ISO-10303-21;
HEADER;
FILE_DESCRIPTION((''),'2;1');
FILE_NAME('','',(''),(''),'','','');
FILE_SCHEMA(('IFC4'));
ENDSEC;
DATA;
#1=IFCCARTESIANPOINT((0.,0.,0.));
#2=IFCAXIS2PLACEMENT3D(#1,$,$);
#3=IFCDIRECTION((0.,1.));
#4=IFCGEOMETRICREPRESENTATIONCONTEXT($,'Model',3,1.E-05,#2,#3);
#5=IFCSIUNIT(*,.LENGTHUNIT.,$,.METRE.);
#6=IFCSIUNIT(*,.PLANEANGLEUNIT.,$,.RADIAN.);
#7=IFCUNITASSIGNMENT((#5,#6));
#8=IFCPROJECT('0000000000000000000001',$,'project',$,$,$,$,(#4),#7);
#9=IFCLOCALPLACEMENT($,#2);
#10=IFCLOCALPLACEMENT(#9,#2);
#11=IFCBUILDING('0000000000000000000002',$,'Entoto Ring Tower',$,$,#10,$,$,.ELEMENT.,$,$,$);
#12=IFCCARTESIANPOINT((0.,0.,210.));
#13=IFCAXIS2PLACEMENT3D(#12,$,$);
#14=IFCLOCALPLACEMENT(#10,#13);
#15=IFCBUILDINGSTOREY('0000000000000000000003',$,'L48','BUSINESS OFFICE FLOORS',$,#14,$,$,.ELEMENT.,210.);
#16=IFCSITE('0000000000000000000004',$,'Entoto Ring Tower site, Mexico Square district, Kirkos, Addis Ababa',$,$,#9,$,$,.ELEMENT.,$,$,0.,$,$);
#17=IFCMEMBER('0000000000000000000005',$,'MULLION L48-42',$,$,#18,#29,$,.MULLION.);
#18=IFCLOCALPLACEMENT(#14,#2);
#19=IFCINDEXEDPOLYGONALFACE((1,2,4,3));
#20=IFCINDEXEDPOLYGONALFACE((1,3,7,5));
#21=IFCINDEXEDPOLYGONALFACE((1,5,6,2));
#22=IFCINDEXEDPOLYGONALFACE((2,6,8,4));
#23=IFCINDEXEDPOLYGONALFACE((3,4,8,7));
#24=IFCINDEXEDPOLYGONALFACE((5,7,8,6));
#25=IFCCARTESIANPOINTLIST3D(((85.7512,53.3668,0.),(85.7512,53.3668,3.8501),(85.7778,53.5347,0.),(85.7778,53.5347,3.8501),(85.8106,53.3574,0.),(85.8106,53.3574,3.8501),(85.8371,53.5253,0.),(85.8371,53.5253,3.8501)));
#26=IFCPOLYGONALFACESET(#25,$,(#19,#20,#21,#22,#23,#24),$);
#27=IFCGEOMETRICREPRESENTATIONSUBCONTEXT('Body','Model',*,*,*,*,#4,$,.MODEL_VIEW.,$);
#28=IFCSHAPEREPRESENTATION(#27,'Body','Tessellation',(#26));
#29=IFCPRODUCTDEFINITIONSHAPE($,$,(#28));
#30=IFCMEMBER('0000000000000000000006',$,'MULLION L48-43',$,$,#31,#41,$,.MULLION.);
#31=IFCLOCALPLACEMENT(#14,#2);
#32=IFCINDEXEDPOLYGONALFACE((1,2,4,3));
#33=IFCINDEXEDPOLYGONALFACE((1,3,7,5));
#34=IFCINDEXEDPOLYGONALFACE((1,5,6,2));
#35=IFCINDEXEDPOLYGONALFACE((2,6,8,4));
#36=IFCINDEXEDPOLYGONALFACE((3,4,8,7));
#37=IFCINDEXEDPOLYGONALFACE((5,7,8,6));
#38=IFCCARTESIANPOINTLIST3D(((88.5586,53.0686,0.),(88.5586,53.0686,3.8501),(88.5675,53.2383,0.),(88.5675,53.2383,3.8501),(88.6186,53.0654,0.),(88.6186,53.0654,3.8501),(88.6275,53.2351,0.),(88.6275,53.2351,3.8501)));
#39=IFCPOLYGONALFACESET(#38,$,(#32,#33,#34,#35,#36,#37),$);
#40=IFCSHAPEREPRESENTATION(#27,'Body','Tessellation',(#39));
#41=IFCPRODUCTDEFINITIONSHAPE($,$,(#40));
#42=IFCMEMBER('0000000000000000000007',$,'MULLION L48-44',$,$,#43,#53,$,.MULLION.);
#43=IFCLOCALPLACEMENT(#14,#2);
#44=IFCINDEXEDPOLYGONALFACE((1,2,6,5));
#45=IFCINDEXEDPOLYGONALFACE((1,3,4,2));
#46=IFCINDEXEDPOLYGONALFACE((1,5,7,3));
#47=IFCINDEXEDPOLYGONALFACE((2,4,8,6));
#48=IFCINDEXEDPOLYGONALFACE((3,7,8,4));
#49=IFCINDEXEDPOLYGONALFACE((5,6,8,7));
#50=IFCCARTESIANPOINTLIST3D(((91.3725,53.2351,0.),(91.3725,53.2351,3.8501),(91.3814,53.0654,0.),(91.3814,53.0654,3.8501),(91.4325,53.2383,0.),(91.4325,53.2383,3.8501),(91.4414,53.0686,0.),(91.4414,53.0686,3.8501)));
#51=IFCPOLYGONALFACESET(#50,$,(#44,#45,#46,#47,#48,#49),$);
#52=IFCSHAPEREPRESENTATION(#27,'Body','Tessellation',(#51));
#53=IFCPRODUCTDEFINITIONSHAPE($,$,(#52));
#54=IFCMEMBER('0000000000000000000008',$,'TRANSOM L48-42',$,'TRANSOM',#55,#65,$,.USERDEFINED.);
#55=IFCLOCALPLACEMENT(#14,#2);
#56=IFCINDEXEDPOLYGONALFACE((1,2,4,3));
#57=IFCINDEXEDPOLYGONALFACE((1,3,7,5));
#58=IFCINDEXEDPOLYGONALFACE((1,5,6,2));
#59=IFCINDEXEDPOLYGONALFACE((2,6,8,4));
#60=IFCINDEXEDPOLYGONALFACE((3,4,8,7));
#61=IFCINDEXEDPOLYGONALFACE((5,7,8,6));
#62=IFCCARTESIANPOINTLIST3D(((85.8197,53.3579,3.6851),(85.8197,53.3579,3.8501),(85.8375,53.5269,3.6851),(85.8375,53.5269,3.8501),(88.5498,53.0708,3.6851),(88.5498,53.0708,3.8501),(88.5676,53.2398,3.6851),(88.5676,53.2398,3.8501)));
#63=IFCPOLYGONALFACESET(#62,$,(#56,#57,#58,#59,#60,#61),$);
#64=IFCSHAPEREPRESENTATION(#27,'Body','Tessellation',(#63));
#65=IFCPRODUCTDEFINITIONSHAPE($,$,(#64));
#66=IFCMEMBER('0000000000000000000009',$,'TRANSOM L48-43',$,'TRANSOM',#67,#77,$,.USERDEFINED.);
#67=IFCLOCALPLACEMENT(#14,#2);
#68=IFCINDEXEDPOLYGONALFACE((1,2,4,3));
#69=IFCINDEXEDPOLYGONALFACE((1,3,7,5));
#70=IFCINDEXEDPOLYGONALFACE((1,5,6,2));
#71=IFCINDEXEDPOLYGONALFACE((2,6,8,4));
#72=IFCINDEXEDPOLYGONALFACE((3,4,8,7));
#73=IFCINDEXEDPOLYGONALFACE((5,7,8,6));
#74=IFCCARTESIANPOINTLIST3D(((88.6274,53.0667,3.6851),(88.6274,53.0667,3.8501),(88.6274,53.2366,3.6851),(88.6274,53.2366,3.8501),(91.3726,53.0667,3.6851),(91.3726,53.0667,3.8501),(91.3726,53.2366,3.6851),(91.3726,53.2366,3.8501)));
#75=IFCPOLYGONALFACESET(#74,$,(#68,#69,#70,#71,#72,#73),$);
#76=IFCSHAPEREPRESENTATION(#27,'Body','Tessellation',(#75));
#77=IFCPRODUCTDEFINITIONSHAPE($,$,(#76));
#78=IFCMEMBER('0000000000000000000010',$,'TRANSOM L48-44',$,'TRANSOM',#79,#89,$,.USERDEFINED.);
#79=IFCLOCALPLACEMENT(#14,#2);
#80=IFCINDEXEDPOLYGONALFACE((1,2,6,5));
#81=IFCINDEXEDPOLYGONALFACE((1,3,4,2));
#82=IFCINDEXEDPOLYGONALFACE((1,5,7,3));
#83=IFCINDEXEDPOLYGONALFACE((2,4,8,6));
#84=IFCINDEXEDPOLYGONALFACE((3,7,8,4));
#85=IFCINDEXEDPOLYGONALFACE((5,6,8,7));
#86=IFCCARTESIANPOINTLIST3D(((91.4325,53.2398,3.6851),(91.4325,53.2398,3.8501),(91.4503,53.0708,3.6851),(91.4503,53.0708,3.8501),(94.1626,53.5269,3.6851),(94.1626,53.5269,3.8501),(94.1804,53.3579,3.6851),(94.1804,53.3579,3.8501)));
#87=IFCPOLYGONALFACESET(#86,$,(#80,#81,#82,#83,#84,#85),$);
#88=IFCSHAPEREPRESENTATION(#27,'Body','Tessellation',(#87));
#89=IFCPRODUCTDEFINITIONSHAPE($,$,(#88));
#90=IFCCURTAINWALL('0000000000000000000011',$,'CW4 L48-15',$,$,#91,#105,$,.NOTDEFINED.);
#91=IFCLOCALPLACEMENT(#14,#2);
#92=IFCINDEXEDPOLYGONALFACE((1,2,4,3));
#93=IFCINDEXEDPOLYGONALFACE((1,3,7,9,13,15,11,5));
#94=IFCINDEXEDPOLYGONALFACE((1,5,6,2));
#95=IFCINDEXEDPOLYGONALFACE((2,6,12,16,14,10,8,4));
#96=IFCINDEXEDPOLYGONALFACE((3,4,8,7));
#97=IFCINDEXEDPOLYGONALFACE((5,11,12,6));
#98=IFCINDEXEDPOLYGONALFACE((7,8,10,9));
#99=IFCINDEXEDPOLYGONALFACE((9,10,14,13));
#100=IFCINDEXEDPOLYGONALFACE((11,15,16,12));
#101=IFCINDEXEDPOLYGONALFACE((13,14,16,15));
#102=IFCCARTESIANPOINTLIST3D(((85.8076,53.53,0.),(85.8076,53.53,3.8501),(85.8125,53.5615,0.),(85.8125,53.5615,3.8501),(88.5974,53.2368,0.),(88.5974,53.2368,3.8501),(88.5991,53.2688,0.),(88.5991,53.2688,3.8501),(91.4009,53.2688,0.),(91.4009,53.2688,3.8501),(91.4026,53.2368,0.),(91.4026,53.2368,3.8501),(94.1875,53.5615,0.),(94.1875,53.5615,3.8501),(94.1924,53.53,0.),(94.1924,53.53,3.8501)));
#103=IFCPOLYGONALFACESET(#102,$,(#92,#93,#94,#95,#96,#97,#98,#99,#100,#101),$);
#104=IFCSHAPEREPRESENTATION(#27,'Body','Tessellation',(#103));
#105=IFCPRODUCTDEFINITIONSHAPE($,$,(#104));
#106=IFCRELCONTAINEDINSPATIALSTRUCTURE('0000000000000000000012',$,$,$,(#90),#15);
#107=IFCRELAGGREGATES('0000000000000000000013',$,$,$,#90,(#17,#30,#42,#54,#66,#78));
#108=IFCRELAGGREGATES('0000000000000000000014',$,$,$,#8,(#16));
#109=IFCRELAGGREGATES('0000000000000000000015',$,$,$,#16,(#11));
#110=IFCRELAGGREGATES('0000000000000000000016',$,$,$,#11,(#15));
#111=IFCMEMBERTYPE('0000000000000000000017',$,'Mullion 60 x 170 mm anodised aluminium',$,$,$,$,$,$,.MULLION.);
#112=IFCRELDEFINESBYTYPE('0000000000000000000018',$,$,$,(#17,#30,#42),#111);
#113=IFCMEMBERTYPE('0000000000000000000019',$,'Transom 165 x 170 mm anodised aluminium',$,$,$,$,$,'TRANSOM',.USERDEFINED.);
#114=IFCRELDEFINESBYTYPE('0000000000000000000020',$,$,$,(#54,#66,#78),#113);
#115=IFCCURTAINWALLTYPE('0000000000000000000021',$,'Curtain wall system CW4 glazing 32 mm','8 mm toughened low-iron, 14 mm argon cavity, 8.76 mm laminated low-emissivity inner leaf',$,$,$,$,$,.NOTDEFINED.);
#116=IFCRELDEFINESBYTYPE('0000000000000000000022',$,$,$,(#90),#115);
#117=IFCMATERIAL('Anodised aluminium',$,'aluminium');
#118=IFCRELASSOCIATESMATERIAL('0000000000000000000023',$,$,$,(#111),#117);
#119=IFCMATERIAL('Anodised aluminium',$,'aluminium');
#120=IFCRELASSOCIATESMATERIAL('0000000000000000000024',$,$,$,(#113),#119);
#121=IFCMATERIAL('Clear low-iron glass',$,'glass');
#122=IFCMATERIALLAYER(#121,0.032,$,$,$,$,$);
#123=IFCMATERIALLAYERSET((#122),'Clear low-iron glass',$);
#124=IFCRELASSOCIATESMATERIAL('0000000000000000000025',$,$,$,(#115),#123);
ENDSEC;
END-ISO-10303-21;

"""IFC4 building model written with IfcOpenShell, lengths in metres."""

from ifc_helpers import new_model, si_unit, direction, frame, origin, origin_2d, place, context, subcontext, project, spatial, polyline, rectangle, outline, extrude, material, layer, layer_set, material_profile, profile_set, type_object, element, aggregate, save


model = new_model("IFC4")

# Units and contexts
model_context = context("Model", 3, precision=1e-05, world=origin(), true_north=direction((0.0, 1.0)))
body_context = subcontext(model_context, "Body", "Model", "MODEL_VIEW")
ifc_project = project(units=[si_unit("LENGTHUNIT", "METRE"), si_unit("PLANEANGLEUNIT", "RADIAN")], contexts=[model_context])

# Members
ifc_material_1 = material(Name="Anodised aluminium", Category="aluminium")
ifc_material_profile_1 = material_profile(ifc_material_1, rectangle(XDim=0.0601, YDim=0.1699, at=origin_2d()), Name="Mullion 60 x 170 mm anodised aluminium")
ifc_profile_set_1 = profile_set([ifc_material_profile_1], Name="Anodised aluminium")
member_type_1 = type_object("IfcMemberType", Name="Mullion 60 x 170 mm anodised aluminium", PredefinedType="MULLION", material=ifc_profile_set_1)
site_placement = place(None, origin())
building_placement = place(site_placement, origin())
storey_placement = place(building_placement, frame((0.0, 0.0, 210.0)))
member_1_placement = place(storey_placement, frame((85.7942, 53.446, 0.0), z_axis=(0.0, 0.0, 1.0), x_axis=(0.987688, -0.156434, 0.0)))
member_1 = element("IfcMember", 1, at=member_1_placement, type_object=member_type_1, Name="MULLION L48-42", PredefinedType="MULLION", context=body_context, shape_type="SweptSolid", body=[
    extrude(rectangle(XDim=0.0601, YDim=0.1699, at=origin_2d()), origin(), (0.0, 0.0, 1.0), 3.8501),
])
member_2_placement = place(storey_placement, frame((88.593, 53.1519, 0.0), z_axis=(0.0, 0.0, 1.0), x_axis=(0.99863, -0.052336, 0.0)))
member_2 = element("IfcMember", 2, at=member_2_placement, type_object=member_type_1, Name="MULLION L48-43", PredefinedType="MULLION", context=body_context, shape_type="SweptSolid", body=[
    extrude(rectangle(XDim=0.0601, YDim=0.1699, at=origin_2d()), origin(), (0.0, 0.0, 1.0), 3.8501),
])
member_3_placement = place(storey_placement, frame((91.407, 53.1519, 0.0), z_axis=(0.0, 0.0, 1.0), x_axis=(0.99863, 0.052336, 0.0)))
member_3 = element("IfcMember", 3, at=member_3_placement, type_object=member_type_1, Name="MULLION L48-44", PredefinedType="MULLION", context=body_context, shape_type="SweptSolid", body=[
    extrude(rectangle(XDim=0.0601, YDim=0.1699, at=origin_2d()), origin(), (0.0, 0.0, 1.0), 3.8501),
])
ifc_material_2 = material(Name="Anodised aluminium", Category="aluminium")
ifc_material_profile_2 = material_profile(ifc_material_2, rectangle(XDim=0.1699, YDim=0.165, at=origin_2d()), Name="Transom 165 x 170 mm anodised aluminium")
ifc_profile_set_2 = profile_set([ifc_material_profile_2], Name="Anodised aluminium")
member_type_2 = type_object("IfcMemberType", Name="Transom 165 x 170 mm anodised aluminium", ElementType="TRANSOM", PredefinedType="USERDEFINED", material=ifc_profile_set_2)
member_4_placement = place(storey_placement, frame((85.8286, 53.4424, 3.7676), z_axis=(0.994515, -0.104592, 0.0), x_axis=(0.104592, 0.994515, 0.0)))
member_4 = element("IfcMember", 4, at=member_4_placement, type_object=member_type_2, Name="TRANSOM L48-42", ObjectType="TRANSOM", PredefinedType="USERDEFINED", context=body_context, shape_type="SweptSolid", body=[
    extrude(rectangle(XDim=0.1699, YDim=0.165, at=origin_2d()), origin(), (0.0, 0.0, 1.0), 2.7451),
])
member_5_placement = place(storey_placement, frame((88.6274, 53.1516, 3.7676), z_axis=(1.0, 0.0, 0.0), x_axis=(0.0, 1.0, 0.0)))
member_5 = element("IfcMember", 5, at=member_5_placement, type_object=member_type_2, Name="TRANSOM L48-43", ObjectType="TRANSOM", PredefinedType="USERDEFINED", context=body_context, shape_type="SweptSolid", body=[
    extrude(rectangle(XDim=0.1699, YDim=0.165, at=origin_2d()), origin(), (0.0, 0.0, 1.0), 2.7451),
])
member_6_placement = place(storey_placement, frame((91.4414, 53.1553, 3.7676), z_axis=(0.994515, 0.104592, 0.0), x_axis=(-0.104592, 0.994515, 0.0)))
member_6 = element("IfcMember", 6, at=member_6_placement, type_object=member_type_2, Name="TRANSOM L48-44", ObjectType="TRANSOM", PredefinedType="USERDEFINED", context=body_context, shape_type="SweptSolid", body=[
    extrude(rectangle(XDim=0.1699, YDim=0.165, at=origin_2d()), origin(), (0.0, 0.0, 1.0), 2.7451),
])

# Site, building, storey
site = spatial("IfcSite", under=ifc_project, at=site_placement, Name="Entoto Ring Tower site, Mexico Square district, Kirkos, Addis Ababa", CompositionType="ELEMENT", RefElevation=0.0)
building = spatial("IfcBuilding", under=site, at=building_placement, Name="Entoto Ring Tower", CompositionType="ELEMENT")
storey = spatial("IfcBuildingStorey", under=building, at=storey_placement, Name="L48", Description="BUSINESS OFFICE FLOORS", CompositionType="ELEMENT", Elevation=210.0)

# Curtain wall
ifc_material_3 = material(Name="Clear low-iron glass", Category="glass")
ifc_layer = layer(ifc_material_3, 0.032)
ifc_layer_set = layer_set([ifc_layer], Name="Clear low-iron glass")
curtain_wall_type = type_object("IfcCurtainWallType", Name="Curtain wall system CW4 glazing 32 mm", Description="8 mm toughened low-iron, 14 mm argon cavity, 8.76 mm laminated low-emissivity inner leaf", PredefinedType="NOTDEFINED", material=ifc_layer_set)
curtain_wall_1_placement = place(storey_placement, origin())
curtain_wall_1 = element("IfcCurtainWall", 7, at=curtain_wall_1_placement, inside=storey, type_object=curtain_wall_type, Name="CW4 L48-15", PredefinedType="NOTDEFINED", context=body_context, shape_type="SweptSolid", body=[
    extrude(outline(polyline([(85.8076, 53.53), (88.5974, 53.2368), (91.4026, 53.2368), (94.1924, 53.53), (94.1875, 53.5615), (91.4009, 53.2688), (88.5991, 53.2688), (85.8125, 53.5615), (85.8076, 53.53)])), origin(), (0.0, 0.0, 1.0), 3.8501),
])
aggregate(curtain_wall_1, [member_1, member_2, member_3, member_4, member_5, member_6])

save(model, "model.ifc")
